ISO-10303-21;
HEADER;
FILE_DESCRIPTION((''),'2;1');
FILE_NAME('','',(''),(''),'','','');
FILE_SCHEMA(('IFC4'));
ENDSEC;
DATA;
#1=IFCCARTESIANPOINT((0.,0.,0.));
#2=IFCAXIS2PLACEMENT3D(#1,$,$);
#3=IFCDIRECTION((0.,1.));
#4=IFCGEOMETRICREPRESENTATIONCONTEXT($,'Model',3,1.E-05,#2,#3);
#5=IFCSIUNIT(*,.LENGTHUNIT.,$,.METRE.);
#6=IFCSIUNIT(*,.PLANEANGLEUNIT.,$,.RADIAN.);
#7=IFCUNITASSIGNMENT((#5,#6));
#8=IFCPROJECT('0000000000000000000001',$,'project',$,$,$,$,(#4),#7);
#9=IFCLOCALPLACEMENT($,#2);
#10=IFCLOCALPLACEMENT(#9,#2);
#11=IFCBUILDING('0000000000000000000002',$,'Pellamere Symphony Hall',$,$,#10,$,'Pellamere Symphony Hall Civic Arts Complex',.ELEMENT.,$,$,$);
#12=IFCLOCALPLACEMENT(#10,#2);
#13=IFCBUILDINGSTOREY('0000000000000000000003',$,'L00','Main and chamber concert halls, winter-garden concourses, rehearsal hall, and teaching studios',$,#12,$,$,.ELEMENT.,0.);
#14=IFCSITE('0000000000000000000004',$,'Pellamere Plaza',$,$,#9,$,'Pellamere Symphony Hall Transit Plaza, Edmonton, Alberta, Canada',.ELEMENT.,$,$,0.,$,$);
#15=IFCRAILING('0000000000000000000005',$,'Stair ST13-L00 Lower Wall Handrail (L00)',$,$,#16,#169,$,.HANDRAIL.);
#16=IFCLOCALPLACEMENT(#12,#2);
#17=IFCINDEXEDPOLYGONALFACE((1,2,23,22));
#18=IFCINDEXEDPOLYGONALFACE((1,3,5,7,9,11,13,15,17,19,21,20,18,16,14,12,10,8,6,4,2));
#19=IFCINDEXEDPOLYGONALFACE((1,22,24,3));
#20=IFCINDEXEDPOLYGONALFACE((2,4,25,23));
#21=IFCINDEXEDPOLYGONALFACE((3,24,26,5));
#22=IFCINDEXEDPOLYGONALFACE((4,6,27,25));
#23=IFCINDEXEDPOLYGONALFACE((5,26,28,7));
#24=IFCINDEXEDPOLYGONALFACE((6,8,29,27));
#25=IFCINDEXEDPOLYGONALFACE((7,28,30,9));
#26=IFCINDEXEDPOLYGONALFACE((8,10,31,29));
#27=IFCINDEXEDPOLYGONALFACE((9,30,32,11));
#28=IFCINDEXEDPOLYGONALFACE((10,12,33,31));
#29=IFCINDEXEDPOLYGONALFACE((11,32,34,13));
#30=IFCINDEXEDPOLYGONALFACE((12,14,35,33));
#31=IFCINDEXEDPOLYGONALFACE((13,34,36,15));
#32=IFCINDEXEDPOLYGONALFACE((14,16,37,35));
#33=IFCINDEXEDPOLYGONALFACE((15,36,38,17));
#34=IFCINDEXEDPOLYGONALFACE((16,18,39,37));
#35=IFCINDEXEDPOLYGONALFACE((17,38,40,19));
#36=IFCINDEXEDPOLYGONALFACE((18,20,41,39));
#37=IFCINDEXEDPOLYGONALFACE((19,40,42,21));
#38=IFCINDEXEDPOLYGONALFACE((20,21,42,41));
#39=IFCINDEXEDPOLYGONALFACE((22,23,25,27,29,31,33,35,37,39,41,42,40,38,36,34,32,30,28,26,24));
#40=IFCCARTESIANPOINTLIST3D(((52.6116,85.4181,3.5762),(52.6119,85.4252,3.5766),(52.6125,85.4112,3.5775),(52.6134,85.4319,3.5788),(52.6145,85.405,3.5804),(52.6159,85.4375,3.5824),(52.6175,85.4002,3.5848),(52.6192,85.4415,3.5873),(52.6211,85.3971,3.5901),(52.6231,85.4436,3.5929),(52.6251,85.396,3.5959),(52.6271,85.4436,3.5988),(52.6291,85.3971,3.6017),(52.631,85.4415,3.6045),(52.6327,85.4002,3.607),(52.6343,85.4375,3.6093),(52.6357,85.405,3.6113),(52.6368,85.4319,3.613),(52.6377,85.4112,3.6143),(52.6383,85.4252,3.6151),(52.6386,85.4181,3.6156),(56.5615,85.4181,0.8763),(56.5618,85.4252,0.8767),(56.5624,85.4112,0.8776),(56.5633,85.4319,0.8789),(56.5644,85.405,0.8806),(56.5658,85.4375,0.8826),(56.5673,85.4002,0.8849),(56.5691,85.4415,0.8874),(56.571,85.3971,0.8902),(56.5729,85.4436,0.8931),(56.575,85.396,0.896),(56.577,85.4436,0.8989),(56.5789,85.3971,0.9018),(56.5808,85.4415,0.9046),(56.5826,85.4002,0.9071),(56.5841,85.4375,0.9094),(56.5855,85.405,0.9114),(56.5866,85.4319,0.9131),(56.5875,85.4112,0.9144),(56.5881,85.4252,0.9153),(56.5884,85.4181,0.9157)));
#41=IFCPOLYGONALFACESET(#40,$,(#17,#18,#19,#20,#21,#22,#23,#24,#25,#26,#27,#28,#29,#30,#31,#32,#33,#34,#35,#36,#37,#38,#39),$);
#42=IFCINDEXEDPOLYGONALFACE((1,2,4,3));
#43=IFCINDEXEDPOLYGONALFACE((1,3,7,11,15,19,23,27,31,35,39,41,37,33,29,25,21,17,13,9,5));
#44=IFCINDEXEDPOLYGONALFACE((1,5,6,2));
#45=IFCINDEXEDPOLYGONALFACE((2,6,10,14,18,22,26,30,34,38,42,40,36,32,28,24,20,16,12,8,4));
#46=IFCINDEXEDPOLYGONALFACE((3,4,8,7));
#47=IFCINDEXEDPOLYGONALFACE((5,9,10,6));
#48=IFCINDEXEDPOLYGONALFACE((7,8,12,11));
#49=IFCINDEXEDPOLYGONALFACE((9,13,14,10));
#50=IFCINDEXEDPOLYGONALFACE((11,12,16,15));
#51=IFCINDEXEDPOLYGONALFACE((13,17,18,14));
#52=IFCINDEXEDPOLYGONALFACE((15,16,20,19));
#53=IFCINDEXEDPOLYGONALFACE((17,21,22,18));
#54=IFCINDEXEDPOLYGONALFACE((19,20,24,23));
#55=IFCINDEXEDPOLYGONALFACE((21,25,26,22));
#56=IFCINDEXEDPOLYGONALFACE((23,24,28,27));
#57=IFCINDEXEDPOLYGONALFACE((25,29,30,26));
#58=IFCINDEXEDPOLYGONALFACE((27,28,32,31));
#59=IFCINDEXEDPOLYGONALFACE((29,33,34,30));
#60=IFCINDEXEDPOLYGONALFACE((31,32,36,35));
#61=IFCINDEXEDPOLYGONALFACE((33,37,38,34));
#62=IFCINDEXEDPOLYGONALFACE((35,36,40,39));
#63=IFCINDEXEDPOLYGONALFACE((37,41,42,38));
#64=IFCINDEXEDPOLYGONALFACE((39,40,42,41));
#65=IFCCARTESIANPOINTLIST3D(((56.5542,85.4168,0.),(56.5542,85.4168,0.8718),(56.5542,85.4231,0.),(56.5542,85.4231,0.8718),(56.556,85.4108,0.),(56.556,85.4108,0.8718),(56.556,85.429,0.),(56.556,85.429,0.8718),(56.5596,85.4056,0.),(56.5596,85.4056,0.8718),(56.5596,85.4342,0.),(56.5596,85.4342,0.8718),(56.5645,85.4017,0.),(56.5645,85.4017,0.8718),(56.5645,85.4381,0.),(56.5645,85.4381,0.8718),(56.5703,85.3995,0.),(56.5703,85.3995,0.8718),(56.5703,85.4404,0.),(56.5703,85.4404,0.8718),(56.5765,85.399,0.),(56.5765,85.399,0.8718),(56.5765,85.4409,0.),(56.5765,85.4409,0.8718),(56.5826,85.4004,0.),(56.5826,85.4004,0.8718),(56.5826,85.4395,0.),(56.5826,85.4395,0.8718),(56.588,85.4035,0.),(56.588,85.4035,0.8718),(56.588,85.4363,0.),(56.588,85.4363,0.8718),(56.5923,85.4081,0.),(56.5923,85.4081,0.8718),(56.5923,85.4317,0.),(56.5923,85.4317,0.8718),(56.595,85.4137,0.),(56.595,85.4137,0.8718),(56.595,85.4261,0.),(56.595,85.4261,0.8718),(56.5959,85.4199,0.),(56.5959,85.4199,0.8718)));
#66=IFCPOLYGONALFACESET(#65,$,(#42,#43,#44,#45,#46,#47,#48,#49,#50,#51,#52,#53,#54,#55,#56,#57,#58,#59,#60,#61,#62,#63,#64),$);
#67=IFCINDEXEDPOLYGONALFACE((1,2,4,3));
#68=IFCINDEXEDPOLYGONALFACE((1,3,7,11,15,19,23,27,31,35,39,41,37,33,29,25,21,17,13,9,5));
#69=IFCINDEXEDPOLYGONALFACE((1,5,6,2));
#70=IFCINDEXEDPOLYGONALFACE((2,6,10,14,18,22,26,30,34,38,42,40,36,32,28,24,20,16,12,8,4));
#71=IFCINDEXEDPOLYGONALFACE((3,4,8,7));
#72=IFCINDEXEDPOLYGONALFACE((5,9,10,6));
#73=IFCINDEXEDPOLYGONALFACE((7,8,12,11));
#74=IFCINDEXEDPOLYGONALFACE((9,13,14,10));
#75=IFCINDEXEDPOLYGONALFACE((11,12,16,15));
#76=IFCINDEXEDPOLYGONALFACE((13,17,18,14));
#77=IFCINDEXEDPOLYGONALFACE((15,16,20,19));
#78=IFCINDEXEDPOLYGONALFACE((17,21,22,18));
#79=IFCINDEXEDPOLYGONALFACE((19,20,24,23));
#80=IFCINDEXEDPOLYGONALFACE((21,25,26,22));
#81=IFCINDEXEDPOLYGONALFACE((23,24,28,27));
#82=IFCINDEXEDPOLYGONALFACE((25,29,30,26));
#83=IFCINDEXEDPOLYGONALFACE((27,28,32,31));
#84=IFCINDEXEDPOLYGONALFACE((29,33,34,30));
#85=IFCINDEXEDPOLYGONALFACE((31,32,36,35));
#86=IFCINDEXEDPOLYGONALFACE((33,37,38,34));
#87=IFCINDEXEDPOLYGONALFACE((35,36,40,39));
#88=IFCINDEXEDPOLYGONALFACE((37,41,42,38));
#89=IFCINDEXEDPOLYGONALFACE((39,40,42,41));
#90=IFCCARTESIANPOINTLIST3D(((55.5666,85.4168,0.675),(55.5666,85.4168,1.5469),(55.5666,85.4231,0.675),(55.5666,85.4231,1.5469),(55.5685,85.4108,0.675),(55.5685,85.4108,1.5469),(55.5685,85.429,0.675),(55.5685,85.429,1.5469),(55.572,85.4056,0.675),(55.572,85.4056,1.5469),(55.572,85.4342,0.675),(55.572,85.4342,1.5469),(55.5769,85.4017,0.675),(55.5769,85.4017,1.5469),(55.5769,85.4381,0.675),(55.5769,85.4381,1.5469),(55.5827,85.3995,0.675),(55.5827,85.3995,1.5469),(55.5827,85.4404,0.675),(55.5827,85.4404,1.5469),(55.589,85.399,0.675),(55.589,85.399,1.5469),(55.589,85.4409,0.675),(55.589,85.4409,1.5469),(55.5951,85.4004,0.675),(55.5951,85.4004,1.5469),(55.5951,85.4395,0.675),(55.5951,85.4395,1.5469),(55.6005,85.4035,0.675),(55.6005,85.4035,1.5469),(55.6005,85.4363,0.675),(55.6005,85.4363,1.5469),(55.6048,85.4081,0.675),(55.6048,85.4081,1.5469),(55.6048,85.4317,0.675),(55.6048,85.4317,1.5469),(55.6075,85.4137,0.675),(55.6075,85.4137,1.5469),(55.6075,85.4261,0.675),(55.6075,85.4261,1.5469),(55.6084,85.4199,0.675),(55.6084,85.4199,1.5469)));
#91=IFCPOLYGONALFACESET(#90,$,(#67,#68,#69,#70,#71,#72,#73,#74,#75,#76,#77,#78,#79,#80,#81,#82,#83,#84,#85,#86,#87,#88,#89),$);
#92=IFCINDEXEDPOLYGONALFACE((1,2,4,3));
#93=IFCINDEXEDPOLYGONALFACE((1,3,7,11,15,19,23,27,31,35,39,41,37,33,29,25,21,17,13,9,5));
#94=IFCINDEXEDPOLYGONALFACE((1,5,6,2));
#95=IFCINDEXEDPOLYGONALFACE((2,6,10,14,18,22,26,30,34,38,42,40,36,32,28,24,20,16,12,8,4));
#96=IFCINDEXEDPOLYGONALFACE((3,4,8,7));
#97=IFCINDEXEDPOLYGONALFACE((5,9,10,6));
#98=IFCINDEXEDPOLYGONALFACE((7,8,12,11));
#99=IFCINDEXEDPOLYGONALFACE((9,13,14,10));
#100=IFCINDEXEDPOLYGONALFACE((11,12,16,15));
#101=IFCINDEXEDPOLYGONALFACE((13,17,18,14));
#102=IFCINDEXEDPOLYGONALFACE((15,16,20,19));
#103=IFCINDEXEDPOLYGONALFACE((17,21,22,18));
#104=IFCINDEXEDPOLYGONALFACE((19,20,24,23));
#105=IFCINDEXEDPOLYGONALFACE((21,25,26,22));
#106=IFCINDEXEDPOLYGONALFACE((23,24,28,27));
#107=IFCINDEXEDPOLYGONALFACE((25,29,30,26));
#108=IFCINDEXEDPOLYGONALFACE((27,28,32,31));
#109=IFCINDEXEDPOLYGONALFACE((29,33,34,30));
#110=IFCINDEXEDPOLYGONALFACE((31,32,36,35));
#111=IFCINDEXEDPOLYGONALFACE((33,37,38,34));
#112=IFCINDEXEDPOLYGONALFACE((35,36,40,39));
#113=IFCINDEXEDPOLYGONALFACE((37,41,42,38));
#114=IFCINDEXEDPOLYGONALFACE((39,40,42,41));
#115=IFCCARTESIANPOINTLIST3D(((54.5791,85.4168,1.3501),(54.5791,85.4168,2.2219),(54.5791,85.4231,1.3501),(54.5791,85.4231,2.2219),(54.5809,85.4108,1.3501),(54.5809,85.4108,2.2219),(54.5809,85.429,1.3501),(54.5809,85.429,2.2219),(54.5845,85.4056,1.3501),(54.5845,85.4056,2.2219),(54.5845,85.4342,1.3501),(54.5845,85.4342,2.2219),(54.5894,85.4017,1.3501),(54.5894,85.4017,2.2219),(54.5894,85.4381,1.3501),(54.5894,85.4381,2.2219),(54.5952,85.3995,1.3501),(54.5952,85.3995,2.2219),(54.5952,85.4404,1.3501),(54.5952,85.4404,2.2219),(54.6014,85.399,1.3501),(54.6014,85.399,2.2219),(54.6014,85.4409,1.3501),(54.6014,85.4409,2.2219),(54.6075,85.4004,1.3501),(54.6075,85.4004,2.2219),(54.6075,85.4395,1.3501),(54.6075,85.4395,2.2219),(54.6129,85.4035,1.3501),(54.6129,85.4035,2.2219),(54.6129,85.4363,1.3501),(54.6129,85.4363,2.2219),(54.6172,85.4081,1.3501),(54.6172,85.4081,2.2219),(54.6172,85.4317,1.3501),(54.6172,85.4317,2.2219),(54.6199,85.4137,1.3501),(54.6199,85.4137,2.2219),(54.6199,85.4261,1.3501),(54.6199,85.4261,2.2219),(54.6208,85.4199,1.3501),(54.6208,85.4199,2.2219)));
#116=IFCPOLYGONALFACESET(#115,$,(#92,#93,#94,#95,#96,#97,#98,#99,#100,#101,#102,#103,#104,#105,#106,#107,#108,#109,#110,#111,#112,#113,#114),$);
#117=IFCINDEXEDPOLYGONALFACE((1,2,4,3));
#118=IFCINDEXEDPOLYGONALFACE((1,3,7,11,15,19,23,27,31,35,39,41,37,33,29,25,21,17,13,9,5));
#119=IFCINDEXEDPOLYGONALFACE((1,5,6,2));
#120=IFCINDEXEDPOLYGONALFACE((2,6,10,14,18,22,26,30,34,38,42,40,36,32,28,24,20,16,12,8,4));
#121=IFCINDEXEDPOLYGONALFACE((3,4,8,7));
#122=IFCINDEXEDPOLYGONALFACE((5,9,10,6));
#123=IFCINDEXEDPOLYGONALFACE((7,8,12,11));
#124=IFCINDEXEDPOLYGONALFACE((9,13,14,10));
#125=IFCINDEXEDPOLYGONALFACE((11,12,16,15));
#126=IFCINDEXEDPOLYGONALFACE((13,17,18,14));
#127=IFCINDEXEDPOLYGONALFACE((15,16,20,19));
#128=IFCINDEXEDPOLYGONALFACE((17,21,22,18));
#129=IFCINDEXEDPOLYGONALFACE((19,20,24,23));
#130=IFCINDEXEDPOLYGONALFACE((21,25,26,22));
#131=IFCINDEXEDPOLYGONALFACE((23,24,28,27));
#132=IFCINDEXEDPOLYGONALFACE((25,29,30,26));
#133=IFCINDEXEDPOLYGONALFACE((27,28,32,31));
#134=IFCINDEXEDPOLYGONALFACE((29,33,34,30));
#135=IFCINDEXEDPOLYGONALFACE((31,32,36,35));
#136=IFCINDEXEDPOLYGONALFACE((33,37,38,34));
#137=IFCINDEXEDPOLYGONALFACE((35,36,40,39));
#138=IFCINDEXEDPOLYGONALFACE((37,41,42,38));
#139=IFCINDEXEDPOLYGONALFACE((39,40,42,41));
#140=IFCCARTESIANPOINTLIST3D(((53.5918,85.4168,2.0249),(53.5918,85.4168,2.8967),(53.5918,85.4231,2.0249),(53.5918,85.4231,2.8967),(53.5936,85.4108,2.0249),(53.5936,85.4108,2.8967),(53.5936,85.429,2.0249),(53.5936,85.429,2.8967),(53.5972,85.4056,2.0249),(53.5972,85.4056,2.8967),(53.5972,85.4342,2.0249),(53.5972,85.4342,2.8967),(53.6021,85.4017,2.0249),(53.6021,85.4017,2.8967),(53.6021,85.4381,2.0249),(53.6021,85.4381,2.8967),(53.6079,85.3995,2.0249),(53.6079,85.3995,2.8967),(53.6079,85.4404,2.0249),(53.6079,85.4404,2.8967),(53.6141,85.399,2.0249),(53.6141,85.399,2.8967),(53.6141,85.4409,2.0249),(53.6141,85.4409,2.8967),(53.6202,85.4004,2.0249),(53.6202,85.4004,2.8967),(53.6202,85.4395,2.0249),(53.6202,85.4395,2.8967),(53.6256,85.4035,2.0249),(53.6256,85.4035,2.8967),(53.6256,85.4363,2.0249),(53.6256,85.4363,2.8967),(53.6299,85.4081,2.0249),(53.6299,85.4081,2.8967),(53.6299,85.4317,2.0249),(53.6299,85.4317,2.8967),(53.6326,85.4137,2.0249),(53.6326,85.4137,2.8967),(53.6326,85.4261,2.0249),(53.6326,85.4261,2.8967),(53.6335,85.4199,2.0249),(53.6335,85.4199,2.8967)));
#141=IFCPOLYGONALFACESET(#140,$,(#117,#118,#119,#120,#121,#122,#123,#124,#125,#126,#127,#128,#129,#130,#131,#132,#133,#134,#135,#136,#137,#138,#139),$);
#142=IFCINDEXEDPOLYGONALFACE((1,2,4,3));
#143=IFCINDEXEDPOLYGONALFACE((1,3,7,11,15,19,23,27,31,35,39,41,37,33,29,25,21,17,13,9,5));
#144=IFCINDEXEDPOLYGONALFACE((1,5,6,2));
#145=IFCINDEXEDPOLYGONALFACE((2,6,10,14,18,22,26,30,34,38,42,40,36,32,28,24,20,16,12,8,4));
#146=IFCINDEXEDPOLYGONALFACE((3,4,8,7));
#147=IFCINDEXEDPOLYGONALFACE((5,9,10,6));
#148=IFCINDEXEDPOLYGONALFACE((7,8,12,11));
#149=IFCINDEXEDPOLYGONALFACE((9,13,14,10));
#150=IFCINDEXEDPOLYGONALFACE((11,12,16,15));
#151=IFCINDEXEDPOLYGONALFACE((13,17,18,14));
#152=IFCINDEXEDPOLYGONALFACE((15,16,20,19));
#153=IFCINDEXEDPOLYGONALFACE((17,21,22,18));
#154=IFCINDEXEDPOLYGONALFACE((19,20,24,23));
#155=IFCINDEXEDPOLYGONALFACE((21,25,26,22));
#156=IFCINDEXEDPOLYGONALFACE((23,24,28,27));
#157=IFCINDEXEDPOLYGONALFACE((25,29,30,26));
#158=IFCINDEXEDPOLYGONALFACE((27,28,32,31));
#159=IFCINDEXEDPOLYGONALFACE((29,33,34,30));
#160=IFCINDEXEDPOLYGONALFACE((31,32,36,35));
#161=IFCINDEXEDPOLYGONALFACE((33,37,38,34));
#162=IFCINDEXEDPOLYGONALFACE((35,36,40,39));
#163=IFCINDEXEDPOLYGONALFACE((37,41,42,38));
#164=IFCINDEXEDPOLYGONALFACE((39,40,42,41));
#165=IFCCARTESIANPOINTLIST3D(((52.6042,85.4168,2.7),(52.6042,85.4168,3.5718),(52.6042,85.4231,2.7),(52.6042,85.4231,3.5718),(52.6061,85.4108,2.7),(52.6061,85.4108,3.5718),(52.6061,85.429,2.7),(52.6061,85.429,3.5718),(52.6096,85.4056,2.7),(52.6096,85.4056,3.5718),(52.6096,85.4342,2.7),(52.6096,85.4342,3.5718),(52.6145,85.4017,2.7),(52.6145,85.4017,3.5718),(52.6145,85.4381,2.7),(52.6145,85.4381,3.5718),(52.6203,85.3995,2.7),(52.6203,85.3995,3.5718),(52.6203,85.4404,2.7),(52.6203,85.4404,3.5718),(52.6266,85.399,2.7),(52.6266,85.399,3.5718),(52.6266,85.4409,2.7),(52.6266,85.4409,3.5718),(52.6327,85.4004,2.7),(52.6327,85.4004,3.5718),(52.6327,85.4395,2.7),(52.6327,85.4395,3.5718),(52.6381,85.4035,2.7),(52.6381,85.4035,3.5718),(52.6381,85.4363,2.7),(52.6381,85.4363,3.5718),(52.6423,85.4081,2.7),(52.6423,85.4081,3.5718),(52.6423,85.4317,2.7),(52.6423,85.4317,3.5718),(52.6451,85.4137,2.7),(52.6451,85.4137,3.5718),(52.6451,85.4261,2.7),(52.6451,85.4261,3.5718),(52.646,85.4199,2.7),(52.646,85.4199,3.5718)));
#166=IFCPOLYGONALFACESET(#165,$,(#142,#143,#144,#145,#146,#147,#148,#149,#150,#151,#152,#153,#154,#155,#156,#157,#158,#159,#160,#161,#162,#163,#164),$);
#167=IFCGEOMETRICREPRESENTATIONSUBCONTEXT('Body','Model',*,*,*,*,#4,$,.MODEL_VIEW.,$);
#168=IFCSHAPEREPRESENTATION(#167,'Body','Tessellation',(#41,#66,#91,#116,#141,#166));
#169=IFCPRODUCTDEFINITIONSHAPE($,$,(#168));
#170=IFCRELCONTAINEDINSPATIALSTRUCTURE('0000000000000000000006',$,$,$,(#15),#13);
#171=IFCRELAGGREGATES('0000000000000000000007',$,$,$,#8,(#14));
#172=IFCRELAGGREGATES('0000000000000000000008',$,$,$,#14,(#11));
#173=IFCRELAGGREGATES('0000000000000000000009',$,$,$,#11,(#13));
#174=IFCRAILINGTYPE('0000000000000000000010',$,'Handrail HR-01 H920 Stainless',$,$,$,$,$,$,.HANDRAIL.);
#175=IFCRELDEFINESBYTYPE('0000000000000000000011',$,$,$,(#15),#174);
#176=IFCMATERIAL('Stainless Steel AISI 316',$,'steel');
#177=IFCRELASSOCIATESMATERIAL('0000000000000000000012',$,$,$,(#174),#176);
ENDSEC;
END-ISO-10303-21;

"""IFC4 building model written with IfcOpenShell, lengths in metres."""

from ifc_helpers import new_model, si_unit, direction, frame, origin, origin_2d, place, context, subcontext, project, spatial, circle, extrude, material, type_object, element, save


model = new_model("IFC4")

# Units and contexts
model_context = context("Model", 3, precision=1e-05, world=origin(), true_north=direction((0.0, 1.0)))
body_context = subcontext(model_context, "Body", "Model", "MODEL_VIEW")
ifc_project = project(units=[si_unit("LENGTHUNIT", "METRE"), si_unit("PLANEANGLEUNIT", "RADIAN")], contexts=[model_context])

# Site, building, storey
site_placement = place(None, origin())
site = spatial("IfcSite", under=ifc_project, at=site_placement, Name="Pellamere Plaza", LongName="Pellamere Symphony Hall Transit Plaza, Edmonton, Alberta, Canada", CompositionType="ELEMENT", RefElevation=0.0)
building_placement = place(site_placement, origin())
building = spatial("IfcBuilding", under=site, at=building_placement, Name="Pellamere Symphony Hall", LongName="Pellamere Symphony Hall Civic Arts Complex", CompositionType="ELEMENT")
storey_placement = place(building_placement, origin())
storey = spatial("IfcBuildingStorey", under=building, at=storey_placement, Name="L00", Description="Main and chamber concert halls, winter-garden concourses, rehearsal hall, and teaching studios", CompositionType="ELEMENT", Elevation=0.0)

# Railing
ifc_material_1 = material(Name="Stainless Steel AISI 316", Category="steel")
railing_type_1 = type_object("IfcRailingType", Name="Handrail HR-01 H920 Stainless", PredefinedType="HANDRAIL", material=ifc_material_1)
railing_1_placement = place(storey_placement, frame((56.575, 85.4199, 0.0)))
element("IfcRailing", 1, at=railing_1_placement, inside=storey, type_object=railing_type_1, Name="Stair ST13-L00 Lower Wall Handrail (L00)", PredefinedType="HANDRAIL", context=body_context, shape_type="SweptSolid", body=[
    extrude(circle(Radius=0.0239, at=origin_2d()), frame((0.0, 0.0, 0.896), z_axis=(-0.825565, 0.0, 0.564307), x_axis=(0.0, -1.0, 0.0)), (0.0, 0.0, 1.0), 4.7844),
    extrude(circle(Radius=0.021, at=origin_2d()), origin(), (0.0, 0.0, 1.0), 0.8718),
    extrude(circle(Radius=0.021, at=origin_2d()), frame((-0.9875, 0.0, 0.675)), (0.0, 0.0, 1.0), 0.8718),
    extrude(circle(Radius=0.021, at=origin_2d()), frame((-1.9751, 0.0, 1.3501)), (0.0, 0.0, 1.0), 0.8718),
    extrude(circle(Radius=0.021, at=origin_2d()), frame((-2.9624, 0.0, 2.0249)), (0.0, 0.0, 1.0), 0.8718),
    extrude(circle(Radius=0.021, at=origin_2d()), frame((-3.95, 0.0, 2.7)), (0.0, 0.0, 1.0), 0.8718),
])

save(model, "model.ifc")
